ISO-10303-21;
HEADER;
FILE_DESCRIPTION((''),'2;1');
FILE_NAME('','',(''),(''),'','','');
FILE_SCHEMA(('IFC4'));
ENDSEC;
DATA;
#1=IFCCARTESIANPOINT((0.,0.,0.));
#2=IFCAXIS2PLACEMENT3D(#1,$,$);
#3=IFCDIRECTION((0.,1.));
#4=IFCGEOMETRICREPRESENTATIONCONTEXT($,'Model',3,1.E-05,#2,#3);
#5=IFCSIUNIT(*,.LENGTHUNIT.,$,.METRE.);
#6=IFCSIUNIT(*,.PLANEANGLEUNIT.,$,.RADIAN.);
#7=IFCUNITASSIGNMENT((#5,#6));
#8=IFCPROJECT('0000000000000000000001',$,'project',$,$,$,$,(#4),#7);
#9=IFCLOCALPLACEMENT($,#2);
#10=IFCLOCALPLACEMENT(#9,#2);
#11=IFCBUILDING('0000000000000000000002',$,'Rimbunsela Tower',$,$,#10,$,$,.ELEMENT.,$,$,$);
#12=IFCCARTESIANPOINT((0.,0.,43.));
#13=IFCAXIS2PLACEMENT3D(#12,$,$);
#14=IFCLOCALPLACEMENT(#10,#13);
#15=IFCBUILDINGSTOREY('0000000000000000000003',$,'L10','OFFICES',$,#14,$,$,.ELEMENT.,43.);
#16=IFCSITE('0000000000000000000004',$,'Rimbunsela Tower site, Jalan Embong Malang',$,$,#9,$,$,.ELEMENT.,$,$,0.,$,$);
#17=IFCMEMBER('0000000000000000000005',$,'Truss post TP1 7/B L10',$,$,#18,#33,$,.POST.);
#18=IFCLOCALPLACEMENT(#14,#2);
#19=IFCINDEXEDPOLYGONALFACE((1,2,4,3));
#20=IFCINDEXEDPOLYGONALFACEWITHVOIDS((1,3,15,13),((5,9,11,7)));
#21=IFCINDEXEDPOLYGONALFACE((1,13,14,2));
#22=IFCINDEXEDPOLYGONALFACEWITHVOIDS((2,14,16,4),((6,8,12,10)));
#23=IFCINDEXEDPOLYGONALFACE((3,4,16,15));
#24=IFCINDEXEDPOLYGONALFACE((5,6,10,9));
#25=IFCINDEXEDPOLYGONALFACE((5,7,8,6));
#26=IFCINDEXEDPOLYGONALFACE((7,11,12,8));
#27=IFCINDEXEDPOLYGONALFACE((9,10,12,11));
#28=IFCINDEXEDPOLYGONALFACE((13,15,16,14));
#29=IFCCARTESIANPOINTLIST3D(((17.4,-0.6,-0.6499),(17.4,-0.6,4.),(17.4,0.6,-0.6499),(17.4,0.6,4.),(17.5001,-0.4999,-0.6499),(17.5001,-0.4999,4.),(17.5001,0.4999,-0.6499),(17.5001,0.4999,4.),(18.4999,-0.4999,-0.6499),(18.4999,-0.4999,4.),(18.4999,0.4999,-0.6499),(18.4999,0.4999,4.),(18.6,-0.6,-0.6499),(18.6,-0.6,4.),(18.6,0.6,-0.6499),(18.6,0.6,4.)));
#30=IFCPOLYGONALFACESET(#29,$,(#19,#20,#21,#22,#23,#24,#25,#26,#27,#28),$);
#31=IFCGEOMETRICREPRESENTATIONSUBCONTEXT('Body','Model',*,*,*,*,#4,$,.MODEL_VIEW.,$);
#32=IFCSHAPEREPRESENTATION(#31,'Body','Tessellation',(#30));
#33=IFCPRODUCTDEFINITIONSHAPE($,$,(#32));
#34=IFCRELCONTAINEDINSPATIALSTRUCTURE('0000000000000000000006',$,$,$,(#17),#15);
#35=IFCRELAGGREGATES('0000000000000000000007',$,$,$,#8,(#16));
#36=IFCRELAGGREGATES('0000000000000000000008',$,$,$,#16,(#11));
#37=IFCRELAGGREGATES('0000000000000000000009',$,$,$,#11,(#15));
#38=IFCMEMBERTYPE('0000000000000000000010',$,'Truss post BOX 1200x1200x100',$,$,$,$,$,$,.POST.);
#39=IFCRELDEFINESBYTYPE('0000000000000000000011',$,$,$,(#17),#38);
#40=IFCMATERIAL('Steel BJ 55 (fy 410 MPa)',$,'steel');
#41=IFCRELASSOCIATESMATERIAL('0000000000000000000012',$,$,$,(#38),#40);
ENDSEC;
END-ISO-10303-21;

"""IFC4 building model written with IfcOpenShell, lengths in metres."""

from ifc_helpers import new_model, si_unit, direction, frame, origin, origin_2d, place, context, subcontext, project, spatial, hollow_rectangle, extrude, material, material_profile, profile_set, type_object, element, save


model = new_model("IFC4")

# Units and contexts
model_context = context("Model", 3, precision=1e-05, world=origin(), true_north=direction((0.0, 1.0)))
body_context = subcontext(model_context, "Body", "Model", "MODEL_VIEW")
ifc_project = project(units=[si_unit("LENGTHUNIT", "METRE"), si_unit("PLANEANGLEUNIT", "RADIAN")], contexts=[model_context])

# Site, building, storey
site_placement = place(None, origin())
site = spatial("IfcSite", under=ifc_project, at=site_placement, Name="Rimbunsela Tower site, Jalan Embong Malang", CompositionType="ELEMENT", RefElevation=0.0)
building_placement = place(site_placement, origin())
building = spatial("IfcBuilding", under=site, at=building_placement, Name="Rimbunsela Tower", CompositionType="ELEMENT")
storey_placement = place(building_placement, frame((0.0, 0.0, 43.0)))
storey = spatial("IfcBuildingStorey", under=building, at=storey_placement, Name="L10", Description="OFFICES", CompositionType="ELEMENT", Elevation=43.0)

# Member
ifc_material_1 = material(Name="Steel BJ 55 (fy 410 MPa)", Category="steel")
ifc_material_profile_1 = material_profile(ifc_material_1, hollow_rectangle(XDim=1.2, YDim=1.2, WallThickness=0.1001, at=origin_2d()), Name="BOX 1200x1200x100")
ifc_profile_set_1 = profile_set([ifc_material_profile_1], Name="Steel BJ 55 (fy 410 MPa)")
member_type = type_object("IfcMemberType", Name="Truss post BOX 1200x1200x100", PredefinedType="POST", material=ifc_profile_set_1)
member_placement = place(storey_placement, frame((18.0, 0.0, -0.6499), z_axis=(0.0, 0.0, 1.0), x_axis=(1.0, 0.0, 0.0)))
element("IfcMember", 1, at=member_placement, inside=storey, type_object=member_type, Name="Truss post TP1 7/B L10", PredefinedType="POST", context=body_context, shape_type="SweptSolid", body=[
    extrude(hollow_rectangle(XDim=1.2, YDim=1.2, WallThickness=0.1001, at=origin_2d()), origin(), (0.0, 0.0, 1.0), 4.6499),
])

save(model, "model.ifc")
